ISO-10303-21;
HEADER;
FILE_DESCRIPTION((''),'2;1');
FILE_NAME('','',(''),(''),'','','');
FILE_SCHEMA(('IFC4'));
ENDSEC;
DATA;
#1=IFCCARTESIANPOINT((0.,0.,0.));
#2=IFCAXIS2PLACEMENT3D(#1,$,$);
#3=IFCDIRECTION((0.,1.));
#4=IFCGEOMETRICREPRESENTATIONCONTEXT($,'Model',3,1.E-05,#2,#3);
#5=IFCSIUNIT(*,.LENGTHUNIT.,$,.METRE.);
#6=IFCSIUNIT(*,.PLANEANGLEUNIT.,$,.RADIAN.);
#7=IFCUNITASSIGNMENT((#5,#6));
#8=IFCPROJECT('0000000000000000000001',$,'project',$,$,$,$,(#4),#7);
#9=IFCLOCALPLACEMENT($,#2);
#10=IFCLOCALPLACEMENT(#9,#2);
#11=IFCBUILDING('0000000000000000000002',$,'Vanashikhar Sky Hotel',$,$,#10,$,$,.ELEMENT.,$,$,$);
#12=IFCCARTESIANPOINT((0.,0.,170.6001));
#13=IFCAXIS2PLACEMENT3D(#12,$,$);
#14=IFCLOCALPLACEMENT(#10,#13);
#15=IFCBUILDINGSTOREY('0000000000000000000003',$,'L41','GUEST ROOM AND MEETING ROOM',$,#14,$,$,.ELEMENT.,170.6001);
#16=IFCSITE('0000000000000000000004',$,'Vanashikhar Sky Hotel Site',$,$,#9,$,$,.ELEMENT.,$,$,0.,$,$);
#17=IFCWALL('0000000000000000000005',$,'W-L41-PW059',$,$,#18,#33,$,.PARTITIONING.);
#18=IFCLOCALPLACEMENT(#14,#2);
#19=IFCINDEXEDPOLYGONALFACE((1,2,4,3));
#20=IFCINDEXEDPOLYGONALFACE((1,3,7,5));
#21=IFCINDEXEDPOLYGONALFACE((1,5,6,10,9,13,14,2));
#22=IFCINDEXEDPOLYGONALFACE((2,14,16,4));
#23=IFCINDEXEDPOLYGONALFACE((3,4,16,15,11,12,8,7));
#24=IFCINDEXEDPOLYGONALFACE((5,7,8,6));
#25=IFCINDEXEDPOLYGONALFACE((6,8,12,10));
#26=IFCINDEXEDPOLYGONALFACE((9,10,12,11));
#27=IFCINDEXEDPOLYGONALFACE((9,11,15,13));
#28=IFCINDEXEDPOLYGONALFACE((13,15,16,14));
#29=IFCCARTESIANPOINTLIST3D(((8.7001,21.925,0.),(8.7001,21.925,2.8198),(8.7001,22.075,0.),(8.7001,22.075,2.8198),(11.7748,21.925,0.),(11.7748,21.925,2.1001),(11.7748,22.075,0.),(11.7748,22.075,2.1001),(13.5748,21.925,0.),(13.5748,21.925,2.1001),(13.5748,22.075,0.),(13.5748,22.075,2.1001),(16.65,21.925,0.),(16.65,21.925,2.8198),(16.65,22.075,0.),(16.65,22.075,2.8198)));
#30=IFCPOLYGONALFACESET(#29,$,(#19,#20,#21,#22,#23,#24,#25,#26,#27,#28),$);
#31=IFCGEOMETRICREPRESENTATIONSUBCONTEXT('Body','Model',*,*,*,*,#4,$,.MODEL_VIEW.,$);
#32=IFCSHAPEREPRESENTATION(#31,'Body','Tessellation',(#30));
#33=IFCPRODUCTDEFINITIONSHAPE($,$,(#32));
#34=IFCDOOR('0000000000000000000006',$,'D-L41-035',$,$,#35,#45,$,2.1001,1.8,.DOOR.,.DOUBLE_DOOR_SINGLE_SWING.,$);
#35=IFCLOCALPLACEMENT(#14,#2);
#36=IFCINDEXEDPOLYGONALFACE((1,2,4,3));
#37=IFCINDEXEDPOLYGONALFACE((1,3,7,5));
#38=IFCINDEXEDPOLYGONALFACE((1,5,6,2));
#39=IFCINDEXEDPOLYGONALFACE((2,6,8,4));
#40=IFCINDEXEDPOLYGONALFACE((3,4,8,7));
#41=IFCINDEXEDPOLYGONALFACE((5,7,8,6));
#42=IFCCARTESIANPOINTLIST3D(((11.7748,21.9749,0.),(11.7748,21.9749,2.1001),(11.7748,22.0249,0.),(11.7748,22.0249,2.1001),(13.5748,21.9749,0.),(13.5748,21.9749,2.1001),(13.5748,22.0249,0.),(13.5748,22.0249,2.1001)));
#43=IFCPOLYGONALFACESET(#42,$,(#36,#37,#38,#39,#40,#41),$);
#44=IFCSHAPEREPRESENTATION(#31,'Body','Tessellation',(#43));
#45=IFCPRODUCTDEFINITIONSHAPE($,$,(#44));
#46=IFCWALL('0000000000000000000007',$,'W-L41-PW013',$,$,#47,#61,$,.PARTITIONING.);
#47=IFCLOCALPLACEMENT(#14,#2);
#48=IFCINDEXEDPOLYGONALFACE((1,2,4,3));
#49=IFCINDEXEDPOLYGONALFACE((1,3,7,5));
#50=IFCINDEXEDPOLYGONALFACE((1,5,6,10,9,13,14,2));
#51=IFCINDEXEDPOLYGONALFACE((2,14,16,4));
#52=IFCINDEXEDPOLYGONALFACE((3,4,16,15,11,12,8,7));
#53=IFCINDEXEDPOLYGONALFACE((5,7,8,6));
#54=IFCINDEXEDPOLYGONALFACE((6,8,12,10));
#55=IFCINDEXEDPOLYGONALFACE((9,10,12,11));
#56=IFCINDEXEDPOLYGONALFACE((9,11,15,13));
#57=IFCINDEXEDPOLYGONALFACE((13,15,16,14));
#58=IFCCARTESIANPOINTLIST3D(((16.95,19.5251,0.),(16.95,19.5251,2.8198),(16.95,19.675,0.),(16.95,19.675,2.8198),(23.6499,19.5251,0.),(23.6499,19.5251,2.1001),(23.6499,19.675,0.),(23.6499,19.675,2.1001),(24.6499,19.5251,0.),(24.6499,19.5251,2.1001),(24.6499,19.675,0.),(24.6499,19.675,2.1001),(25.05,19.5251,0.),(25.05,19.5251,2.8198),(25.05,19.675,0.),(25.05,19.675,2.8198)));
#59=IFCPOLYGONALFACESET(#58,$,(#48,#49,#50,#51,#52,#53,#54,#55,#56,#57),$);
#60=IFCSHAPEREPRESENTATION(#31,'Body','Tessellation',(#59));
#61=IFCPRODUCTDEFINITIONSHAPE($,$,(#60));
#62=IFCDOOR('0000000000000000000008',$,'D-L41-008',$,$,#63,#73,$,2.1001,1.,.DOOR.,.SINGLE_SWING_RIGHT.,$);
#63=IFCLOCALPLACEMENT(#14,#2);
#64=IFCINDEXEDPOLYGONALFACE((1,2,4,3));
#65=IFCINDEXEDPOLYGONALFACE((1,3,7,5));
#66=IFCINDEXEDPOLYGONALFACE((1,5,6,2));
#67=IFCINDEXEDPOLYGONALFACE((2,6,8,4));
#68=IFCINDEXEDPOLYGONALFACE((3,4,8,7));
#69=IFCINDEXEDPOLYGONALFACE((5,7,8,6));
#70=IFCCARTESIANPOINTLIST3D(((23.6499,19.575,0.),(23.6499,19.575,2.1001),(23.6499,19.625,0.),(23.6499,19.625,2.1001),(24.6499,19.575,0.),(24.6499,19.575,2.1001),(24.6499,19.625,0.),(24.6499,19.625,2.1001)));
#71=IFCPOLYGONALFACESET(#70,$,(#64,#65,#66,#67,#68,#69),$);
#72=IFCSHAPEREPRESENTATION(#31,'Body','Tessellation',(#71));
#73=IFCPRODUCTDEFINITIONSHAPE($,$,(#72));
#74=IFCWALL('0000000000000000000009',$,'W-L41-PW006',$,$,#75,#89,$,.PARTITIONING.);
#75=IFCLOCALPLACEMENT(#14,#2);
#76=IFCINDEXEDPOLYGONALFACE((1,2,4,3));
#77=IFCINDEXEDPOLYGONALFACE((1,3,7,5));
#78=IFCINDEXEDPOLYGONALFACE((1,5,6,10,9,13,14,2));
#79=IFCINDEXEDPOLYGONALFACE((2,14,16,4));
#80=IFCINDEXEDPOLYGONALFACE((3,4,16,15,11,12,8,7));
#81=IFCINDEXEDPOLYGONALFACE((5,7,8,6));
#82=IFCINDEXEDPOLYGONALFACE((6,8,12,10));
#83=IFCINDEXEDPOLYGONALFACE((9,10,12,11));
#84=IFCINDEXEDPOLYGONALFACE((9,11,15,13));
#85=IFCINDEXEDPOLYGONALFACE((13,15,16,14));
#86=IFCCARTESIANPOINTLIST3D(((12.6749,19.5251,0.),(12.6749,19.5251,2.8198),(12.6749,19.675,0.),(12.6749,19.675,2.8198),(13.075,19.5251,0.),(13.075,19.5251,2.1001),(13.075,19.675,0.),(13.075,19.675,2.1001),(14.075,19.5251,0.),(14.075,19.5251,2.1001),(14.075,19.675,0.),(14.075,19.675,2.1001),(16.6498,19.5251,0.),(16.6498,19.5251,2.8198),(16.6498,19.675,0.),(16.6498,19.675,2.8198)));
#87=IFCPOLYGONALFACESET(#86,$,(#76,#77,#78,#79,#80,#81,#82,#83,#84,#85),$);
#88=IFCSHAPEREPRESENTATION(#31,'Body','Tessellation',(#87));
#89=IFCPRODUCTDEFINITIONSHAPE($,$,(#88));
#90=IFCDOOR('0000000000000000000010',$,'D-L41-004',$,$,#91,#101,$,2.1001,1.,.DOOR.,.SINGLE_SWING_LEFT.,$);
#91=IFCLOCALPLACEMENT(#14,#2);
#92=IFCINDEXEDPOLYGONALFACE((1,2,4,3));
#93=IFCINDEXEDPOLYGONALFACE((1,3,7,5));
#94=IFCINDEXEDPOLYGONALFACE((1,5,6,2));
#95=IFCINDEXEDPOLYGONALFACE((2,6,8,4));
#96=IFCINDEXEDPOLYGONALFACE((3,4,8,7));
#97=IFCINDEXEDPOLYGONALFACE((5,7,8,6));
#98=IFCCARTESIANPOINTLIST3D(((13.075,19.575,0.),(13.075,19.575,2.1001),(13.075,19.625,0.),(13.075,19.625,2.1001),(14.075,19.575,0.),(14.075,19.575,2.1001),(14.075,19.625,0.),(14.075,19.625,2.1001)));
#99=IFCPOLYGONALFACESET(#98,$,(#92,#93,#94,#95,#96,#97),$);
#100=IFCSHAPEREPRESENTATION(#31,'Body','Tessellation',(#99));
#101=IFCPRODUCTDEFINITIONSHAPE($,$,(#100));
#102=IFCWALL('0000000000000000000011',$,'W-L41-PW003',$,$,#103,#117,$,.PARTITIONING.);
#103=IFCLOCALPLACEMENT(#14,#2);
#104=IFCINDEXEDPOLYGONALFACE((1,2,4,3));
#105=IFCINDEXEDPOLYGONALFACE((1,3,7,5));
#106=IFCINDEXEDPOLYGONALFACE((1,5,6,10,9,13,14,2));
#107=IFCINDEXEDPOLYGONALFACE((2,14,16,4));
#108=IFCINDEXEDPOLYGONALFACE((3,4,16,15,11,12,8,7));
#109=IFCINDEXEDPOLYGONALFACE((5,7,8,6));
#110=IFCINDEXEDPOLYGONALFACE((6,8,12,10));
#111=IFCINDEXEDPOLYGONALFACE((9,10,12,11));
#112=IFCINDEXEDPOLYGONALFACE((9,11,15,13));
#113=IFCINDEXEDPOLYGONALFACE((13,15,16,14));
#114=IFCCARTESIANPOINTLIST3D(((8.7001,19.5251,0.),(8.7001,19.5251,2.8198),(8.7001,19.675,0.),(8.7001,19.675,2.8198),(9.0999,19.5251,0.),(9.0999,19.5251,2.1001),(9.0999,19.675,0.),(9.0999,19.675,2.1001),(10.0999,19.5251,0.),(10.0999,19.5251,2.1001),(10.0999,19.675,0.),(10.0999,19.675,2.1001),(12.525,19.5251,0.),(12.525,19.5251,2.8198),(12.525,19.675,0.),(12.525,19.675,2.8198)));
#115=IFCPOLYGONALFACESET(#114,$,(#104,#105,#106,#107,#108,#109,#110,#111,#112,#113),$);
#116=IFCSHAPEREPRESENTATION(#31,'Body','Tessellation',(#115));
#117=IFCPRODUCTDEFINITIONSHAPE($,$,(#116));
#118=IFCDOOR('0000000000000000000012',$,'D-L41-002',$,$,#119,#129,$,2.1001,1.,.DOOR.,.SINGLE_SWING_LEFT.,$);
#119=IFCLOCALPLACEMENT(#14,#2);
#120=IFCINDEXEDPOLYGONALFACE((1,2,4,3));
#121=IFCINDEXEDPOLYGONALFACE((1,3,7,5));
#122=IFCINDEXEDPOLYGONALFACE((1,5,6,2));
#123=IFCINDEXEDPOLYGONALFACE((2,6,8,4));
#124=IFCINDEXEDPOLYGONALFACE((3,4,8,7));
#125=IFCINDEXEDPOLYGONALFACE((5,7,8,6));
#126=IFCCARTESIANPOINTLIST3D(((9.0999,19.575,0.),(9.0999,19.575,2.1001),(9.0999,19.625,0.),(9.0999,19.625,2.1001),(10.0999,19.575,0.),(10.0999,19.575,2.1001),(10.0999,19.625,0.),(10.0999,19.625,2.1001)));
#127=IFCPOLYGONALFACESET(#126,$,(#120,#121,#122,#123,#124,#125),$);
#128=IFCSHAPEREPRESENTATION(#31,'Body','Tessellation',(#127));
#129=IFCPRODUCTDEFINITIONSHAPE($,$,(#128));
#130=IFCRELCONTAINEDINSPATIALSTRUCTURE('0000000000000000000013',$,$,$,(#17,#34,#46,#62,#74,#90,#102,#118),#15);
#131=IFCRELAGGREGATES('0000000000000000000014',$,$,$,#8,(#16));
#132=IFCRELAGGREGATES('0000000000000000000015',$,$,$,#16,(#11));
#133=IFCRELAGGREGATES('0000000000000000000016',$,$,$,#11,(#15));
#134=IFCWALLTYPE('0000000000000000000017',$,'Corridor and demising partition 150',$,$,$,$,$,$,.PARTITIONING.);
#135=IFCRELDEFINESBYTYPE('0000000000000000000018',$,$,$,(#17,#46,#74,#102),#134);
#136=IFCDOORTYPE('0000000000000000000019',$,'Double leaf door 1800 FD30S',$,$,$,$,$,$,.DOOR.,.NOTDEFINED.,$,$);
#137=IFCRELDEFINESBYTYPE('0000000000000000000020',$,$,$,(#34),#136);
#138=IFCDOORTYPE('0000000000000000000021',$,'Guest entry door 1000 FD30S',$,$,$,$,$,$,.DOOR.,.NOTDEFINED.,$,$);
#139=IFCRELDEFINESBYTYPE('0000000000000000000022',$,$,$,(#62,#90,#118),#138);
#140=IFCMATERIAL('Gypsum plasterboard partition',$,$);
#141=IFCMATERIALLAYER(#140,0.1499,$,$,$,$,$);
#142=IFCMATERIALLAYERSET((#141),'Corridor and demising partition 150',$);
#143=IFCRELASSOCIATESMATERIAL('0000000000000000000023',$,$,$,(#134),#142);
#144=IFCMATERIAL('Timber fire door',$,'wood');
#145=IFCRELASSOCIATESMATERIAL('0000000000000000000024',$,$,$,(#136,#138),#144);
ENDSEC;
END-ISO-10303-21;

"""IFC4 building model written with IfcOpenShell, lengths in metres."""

from ifc_helpers import new_model, si_unit, direction, frame, frame_2d, origin, place, context, subcontext, project, spatial, rectangle, extrude, source, transform, mapped, material, layer, layer_set, type_object, element, fill, save


model = new_model("IFC4")

# Units and contexts
model_context = context("Model", 3, precision=1e-05, world=origin(), true_north=direction((0.0, 1.0)))
body_context = subcontext(model_context, "Body", "Model", "MODEL_VIEW")
ifc_project = project(units=[si_unit("LENGTHUNIT", "METRE"), si_unit("PLANEANGLEUNIT", "RADIAN")], contexts=[model_context])

# Site, building, storey
site_placement = place(None, origin())
site = spatial("IfcSite", under=ifc_project, at=site_placement, Name="Vanashikhar Sky Hotel Site", CompositionType="ELEMENT", RefElevation=0.0)
building_placement = place(site_placement, origin())
building = spatial("IfcBuilding", under=site, at=building_placement, Name="Vanashikhar Sky Hotel", CompositionType="ELEMENT")
storey_placement = place(building_placement, frame((0.0, 0.0, 170.6001)))
storey = spatial("IfcBuildingStorey", under=building, at=storey_placement, Name="L41", Description="GUEST ROOM AND MEETING ROOM", CompositionType="ELEMENT", Elevation=170.6001)

# Walls, openings, doors
ifc_material_1 = material(Name="Gypsum plasterboard partition")
ifc_layer_1 = layer(ifc_material_1, 0.1499)
ifc_layer_set_1 = layer_set([ifc_layer_1], Name="Corridor and demising partition 150")
wall_type_1 = type_object("IfcWallType", Name="Corridor and demising partition 150", PredefinedType="PARTITIONING", material=ifc_layer_set_1)
shared_shape_1 = source(origin(), body_context, "Body", "SweptSolid", [
    extrude(rectangle(XDim=7.95, YDim=0.1499, at=frame_2d((3.9751, 0.0))), origin(), (0.0, 0.0, 1.0), 2.8198),
])
wall_1_placement = place(storey_placement, frame((8.7, 22.0, 0.0), z_axis=(0.0, 0.0, 1.0), x_axis=(1.0, 0.0, 0.0)))
wall_1 = element("IfcWall", 1, at=wall_1_placement, inside=storey, type_object=wall_type_1, Name="W-L41-PW059", PredefinedType="PARTITIONING", context=body_context, shape_type="MappedRepresentation", body=[
    mapped(shared_shape_1, transform((0.0, 0.0, 0.0), scale=1.0)),
])
shared_shape_2 = source(origin(), body_context, "Body", "SweptSolid", [
    extrude(rectangle(XDim=1.8, YDim=2.1001, at=frame_2d((0.8999, 1.05))), frame((0.0, 0.085, 0.0), z_axis=(0.0, -1.0, 0.0), x_axis=(1.0, 0.0, 0.0)), (0.0, 0.0, 1.0), 0.1699),
])
opening_1_placement = place(wall_1_placement, frame((3.075, 0.0, 0.0)))
opening_1 = element("IfcOpeningElement", 2, at=opening_1_placement, cuts=wall_1, PredefinedType="OPENING", context=body_context, shape_type="MappedRepresentation", body=[
    mapped(shared_shape_2, transform((0.0, 0.0, 0.0), scale=1.0)),
])
ifc_material_2 = material(Name="Timber fire door", Category="wood")
door_type_1 = type_object("IfcDoorType", Name="Double leaf door 1800 FD30S", OperationType="NOTDEFINED", PredefinedType="DOOR", material=ifc_material_2)
shared_shape_3 = source(origin(), body_context, "Body", "SweptSolid", [
    extrude(rectangle(XDim=1.8, YDim=2.1001, at=frame_2d((0.8999, 1.05))), frame((0.0, 0.0249, 0.0), z_axis=(0.0, -1.0, 0.0), x_axis=(1.0, 0.0, 0.0)), (0.0, 0.0, 1.0), 0.05),
])
door_1_placement = place(opening_1_placement, origin())
door_1 = element("IfcDoor", 3, at=door_1_placement, inside=storey, type_object=door_type_1, Name="D-L41-035", OperationType="DOUBLE_DOOR_SINGLE_SWING", OverallHeight=2.1001, OverallWidth=1.8, PredefinedType="DOOR", context=body_context, shape_type="MappedRepresentation", body=[
    mapped(shared_shape_3, transform((0.0, 0.0, 0.0), scale=1.0)),
])
fill(opening_1, door_1)
shared_shape_4 = source(origin(), body_context, "Body", "SweptSolid", [
    extrude(rectangle(XDim=8.1001, YDim=0.1499, at=frame_2d((4.05, 0.0))), origin(), (0.0, 0.0, 1.0), 2.8198),
])
wall_2_placement = place(storey_placement, frame((16.95, 19.6001, 0.0), z_axis=(0.0, 0.0, 1.0), x_axis=(1.0, 0.0, 0.0)))
wall_2 = element("IfcWall", 4, at=wall_2_placement, inside=storey, type_object=wall_type_1, Name="W-L41-PW013", PredefinedType="PARTITIONING", context=body_context, shape_type="MappedRepresentation", body=[
    mapped(shared_shape_4, transform((0.0, 0.0, 0.0), scale=1.0)),
])
shared_shape_5 = source(origin(), body_context, "Body", "SweptSolid", [
    extrude(rectangle(XDim=1.0, YDim=2.1001, at=frame_2d((0.5, 1.05))), frame((0.0, 0.085, 0.0), z_axis=(0.0, -1.0, 0.0), x_axis=(1.0, 0.0, 0.0)), (0.0, 0.0, 1.0), 0.1699),
])
opening_2_placement = place(wall_2_placement, frame((6.7, 0.0, 0.0)))
opening_2 = element("IfcOpeningElement", 5, at=opening_2_placement, cuts=wall_2, PredefinedType="OPENING", context=body_context, shape_type="MappedRepresentation", body=[
    mapped(shared_shape_5, transform((0.0, 0.0, 0.0), scale=1.0)),
])
door_type_2 = type_object("IfcDoorType", Name="Guest entry door 1000 FD30S", OperationType="NOTDEFINED", PredefinedType="DOOR", material=ifc_material_2)
shared_shape_6 = source(origin(), body_context, "Body", "SweptSolid", [
    extrude(rectangle(XDim=1.0, YDim=2.1001, at=frame_2d((0.5, 1.05))), frame((0.0, 0.0249, 0.0), z_axis=(0.0, -1.0, 0.0), x_axis=(1.0, 0.0, 0.0)), (0.0, 0.0, 1.0), 0.05),
])
door_2_placement = place(opening_2_placement, origin())
door_2 = element("IfcDoor", 6, at=door_2_placement, inside=storey, type_object=door_type_2, Name="D-L41-008", OperationType="SINGLE_SWING_RIGHT", OverallHeight=2.1001, OverallWidth=1.0, PredefinedType="DOOR", context=body_context, shape_type="MappedRepresentation", body=[
    mapped(shared_shape_6, transform((0.0, 0.0, 0.0), scale=1.0)),
])
fill(opening_2, door_2)
shared_shape_7 = source(origin(), body_context, "Body", "SweptSolid", [
    extrude(rectangle(XDim=3.9749, YDim=0.1499, at=frame_2d((1.9873, 0.0))), origin(), (0.0, 0.0, 1.0), 2.8198),
])
wall_3_placement = place(storey_placement, frame((12.675, 19.6001, 0.0), z_axis=(0.0, 0.0, 1.0), x_axis=(1.0, 0.0, 0.0)))
wall_3 = element("IfcWall", 7, at=wall_3_placement, inside=storey, type_object=wall_type_1, Name="W-L41-PW006", PredefinedType="PARTITIONING", context=body_context, shape_type="MappedRepresentation", body=[
    mapped(shared_shape_7, transform((0.0, 0.0, 0.0), scale=1.0)),
])
opening_3_placement = place(wall_3_placement, frame((0.3999, 0.0, 0.0)))
opening_3 = element("IfcOpeningElement", 8, at=opening_3_placement, cuts=wall_3, PredefinedType="OPENING", context=body_context, shape_type="MappedRepresentation", body=[
    mapped(shared_shape_5, transform((0.0, 0.0, 0.0), scale=1.0)),
])
door_3_placement = place(opening_3_placement, origin())
door_3 = element("IfcDoor", 9, at=door_3_placement, inside=storey, type_object=door_type_2, Name="D-L41-004", OperationType="SINGLE_SWING_LEFT", OverallHeight=2.1001, OverallWidth=1.0, PredefinedType="DOOR", context=body_context, shape_type="MappedRepresentation", body=[
    mapped(shared_shape_6, transform((0.0, 0.0, 0.0), scale=1.0)),
])
fill(opening_3, door_3)
shared_shape_8 = source(origin(), body_context, "Body", "SweptSolid", [
    extrude(rectangle(XDim=3.825, YDim=0.1499, at=frame_2d((1.9126, 0.0))), origin(), (0.0, 0.0, 1.0), 2.8198),
])
wall_4_placement = place(storey_placement, frame((8.7, 19.6001, 0.0), z_axis=(0.0, 0.0, 1.0), x_axis=(1.0, 0.0, 0.0)))
wall_4 = element("IfcWall", 10, at=wall_4_placement, inside=storey, type_object=wall_type_1, Name="W-L41-PW003", PredefinedType="PARTITIONING", context=body_context, shape_type="MappedRepresentation", body=[
    mapped(shared_shape_8, transform((0.0, 0.0, 0.0), scale=1.0)),
])
opening_4_placement = place(wall_4_placement, frame((0.3999, 0.0, 0.0)))
opening_4 = element("IfcOpeningElement", 11, at=opening_4_placement, cuts=wall_4, PredefinedType="OPENING", context=body_context, shape_type="MappedRepresentation", body=[
    mapped(shared_shape_5, transform((0.0, 0.0, 0.0), scale=1.0)),
])
door_4_placement = place(opening_4_placement, origin())
door_4 = element("IfcDoor", 12, at=door_4_placement, inside=storey, type_object=door_type_2, Name="D-L41-002", OperationType="SINGLE_SWING_LEFT", OverallHeight=2.1001, OverallWidth=1.0, PredefinedType="DOOR", context=body_context, shape_type="MappedRepresentation", body=[
    mapped(shared_shape_6, transform((0.0, 0.0, 0.0), scale=1.0)),
])
fill(opening_4, door_4)

save(model, "model.ifc")
